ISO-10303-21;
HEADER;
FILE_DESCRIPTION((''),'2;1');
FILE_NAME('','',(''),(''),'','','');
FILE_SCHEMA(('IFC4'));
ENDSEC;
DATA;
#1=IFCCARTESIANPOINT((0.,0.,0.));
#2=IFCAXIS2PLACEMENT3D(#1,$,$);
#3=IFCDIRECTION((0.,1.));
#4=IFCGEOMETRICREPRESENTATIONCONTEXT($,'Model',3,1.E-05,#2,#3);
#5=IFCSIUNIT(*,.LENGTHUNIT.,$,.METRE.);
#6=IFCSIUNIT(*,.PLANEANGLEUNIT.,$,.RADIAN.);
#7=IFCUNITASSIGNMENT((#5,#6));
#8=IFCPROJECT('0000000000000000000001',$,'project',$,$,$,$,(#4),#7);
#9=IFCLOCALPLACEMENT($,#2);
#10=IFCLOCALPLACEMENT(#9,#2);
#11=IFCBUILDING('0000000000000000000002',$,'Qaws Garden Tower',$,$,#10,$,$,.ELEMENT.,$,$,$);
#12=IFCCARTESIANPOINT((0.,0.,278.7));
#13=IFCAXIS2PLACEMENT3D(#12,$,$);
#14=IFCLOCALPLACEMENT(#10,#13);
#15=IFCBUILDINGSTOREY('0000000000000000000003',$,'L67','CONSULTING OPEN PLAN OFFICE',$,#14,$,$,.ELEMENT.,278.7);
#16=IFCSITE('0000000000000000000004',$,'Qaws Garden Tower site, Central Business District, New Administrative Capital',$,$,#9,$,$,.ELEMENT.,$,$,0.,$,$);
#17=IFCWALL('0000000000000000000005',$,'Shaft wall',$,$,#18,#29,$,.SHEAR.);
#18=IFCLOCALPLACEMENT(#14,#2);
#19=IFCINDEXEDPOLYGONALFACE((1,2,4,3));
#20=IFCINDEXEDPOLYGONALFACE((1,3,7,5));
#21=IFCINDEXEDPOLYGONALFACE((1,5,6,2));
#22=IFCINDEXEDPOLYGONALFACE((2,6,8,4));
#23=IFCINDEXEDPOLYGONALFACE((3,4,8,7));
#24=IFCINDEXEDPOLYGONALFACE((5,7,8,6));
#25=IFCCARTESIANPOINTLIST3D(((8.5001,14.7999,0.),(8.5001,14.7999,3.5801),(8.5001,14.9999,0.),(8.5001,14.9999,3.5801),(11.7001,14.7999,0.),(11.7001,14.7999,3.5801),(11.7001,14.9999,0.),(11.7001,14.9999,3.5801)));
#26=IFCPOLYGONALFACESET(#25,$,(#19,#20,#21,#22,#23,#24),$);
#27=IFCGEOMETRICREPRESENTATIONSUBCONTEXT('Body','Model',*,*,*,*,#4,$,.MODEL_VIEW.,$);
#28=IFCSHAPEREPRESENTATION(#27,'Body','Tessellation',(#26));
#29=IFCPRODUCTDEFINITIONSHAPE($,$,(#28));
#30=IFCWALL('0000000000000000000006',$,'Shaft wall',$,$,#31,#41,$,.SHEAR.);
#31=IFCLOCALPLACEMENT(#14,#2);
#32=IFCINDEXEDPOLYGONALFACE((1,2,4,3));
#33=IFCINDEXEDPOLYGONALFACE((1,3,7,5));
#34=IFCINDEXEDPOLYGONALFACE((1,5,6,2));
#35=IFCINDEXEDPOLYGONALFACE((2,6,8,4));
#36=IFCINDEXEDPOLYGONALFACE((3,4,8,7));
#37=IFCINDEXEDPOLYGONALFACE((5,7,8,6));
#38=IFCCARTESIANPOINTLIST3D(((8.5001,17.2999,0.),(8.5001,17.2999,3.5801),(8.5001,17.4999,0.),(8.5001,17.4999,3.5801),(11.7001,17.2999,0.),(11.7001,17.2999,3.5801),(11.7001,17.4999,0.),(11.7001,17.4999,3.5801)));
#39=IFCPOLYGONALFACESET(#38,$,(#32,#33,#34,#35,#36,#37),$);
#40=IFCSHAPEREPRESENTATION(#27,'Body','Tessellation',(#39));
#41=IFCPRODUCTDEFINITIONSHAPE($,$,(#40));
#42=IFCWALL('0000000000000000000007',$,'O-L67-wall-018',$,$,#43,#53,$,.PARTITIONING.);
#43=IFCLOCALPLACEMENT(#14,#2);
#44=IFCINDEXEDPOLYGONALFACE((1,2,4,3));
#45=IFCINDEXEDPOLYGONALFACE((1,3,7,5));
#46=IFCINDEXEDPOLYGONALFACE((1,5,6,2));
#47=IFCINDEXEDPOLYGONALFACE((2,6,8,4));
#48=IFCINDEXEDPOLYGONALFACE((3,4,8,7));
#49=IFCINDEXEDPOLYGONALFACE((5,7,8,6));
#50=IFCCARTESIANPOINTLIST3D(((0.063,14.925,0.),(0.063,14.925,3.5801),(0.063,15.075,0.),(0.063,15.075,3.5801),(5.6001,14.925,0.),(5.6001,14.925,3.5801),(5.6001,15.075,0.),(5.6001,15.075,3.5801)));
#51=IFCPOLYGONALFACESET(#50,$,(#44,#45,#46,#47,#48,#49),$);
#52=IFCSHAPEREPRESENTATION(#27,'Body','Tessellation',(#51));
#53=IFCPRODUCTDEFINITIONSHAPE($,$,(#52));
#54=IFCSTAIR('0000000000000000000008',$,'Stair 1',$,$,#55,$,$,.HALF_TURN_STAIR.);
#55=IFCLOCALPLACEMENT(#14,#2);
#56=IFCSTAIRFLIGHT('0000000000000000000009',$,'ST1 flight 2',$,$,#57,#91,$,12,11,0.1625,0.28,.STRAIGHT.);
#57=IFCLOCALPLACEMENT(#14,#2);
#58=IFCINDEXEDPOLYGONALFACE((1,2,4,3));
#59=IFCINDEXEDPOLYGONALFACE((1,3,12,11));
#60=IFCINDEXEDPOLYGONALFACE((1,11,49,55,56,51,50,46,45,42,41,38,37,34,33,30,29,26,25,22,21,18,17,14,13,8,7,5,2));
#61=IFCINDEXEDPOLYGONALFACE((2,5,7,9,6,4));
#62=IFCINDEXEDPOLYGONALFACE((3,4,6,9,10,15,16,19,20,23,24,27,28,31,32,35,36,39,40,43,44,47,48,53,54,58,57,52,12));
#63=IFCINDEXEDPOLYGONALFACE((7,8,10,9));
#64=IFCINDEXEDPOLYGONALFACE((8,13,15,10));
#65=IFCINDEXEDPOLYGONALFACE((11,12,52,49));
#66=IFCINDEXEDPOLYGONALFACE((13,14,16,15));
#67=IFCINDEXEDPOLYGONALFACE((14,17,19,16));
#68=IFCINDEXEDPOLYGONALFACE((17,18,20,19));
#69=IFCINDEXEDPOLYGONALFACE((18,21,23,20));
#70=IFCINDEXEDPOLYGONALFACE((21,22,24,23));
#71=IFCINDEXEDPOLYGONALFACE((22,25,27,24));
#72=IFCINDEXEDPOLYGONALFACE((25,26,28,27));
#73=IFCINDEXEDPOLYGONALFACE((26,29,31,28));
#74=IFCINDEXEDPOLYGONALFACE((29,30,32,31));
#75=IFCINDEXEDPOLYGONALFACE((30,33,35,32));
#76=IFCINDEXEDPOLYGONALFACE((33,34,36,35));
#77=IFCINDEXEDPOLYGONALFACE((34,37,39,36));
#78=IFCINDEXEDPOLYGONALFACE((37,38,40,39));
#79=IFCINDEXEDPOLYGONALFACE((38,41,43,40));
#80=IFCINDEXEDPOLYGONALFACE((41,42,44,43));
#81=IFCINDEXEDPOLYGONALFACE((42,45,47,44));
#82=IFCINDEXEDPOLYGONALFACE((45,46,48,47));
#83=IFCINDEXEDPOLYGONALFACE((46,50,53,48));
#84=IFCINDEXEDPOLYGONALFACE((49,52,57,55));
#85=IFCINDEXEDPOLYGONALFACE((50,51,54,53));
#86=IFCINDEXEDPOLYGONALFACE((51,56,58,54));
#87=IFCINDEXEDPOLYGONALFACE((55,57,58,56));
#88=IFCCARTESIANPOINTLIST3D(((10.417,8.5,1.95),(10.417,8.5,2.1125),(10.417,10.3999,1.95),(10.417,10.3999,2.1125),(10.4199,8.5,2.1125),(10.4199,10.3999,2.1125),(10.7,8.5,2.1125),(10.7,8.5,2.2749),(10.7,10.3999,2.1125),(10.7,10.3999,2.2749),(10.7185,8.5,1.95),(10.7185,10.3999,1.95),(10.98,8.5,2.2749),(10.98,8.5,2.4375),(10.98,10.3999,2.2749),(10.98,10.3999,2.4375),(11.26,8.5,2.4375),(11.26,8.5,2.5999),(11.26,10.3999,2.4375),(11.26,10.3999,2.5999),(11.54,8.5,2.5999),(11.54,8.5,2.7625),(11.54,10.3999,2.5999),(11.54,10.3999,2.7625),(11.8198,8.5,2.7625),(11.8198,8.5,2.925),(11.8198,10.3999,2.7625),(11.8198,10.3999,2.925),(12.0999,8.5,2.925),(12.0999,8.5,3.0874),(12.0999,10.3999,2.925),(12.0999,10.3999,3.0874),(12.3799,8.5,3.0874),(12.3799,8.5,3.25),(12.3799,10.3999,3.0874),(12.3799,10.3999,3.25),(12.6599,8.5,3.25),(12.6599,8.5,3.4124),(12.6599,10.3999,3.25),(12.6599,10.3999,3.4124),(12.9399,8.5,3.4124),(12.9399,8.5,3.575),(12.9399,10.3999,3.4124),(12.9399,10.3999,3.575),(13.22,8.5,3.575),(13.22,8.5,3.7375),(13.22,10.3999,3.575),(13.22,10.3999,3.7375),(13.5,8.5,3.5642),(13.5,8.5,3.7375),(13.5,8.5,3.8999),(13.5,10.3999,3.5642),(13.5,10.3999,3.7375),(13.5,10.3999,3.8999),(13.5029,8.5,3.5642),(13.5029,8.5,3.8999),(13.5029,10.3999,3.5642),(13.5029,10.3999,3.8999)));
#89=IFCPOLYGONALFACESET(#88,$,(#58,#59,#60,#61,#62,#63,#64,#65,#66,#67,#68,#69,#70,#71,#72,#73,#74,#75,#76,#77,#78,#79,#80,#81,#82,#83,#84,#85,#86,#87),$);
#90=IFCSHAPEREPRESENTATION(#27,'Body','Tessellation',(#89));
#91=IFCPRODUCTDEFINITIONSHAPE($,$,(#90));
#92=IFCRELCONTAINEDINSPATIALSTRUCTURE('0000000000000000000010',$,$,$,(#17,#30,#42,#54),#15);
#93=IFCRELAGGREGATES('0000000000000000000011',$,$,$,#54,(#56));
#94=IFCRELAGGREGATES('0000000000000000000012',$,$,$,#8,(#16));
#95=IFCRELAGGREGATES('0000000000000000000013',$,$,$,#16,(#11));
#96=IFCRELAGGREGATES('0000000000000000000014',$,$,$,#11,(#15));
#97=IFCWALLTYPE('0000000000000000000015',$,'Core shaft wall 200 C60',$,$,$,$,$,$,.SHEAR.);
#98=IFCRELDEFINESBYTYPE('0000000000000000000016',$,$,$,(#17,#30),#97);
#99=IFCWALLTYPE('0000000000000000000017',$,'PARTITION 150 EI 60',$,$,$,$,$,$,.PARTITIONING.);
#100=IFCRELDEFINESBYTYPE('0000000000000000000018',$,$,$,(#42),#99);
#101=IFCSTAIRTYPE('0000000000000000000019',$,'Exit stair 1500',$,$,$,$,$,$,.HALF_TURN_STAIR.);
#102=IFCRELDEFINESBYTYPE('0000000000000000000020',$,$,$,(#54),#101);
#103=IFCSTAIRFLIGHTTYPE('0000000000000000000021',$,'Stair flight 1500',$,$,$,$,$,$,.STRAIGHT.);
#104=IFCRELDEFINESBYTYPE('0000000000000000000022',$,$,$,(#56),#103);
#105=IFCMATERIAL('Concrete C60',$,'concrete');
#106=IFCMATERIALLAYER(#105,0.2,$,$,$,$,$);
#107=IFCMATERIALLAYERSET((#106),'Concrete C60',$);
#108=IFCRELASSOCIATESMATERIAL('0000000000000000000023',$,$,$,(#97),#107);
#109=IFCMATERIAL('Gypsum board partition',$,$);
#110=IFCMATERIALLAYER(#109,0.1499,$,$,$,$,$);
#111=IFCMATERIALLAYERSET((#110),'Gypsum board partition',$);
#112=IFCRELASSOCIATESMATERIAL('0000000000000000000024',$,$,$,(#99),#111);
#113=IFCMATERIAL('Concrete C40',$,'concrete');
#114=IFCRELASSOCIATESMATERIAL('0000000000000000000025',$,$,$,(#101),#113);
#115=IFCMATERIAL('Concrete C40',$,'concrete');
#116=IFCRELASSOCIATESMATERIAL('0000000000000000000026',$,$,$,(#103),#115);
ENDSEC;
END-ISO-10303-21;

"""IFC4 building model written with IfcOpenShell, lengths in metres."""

from ifc_helpers import new_model, si_unit, direction, frame, frame_2d, origin, place, context, subcontext, project, spatial, polyline, rectangle, outline, extrude, material, layer, layer_set, type_object, element, aggregate, save


model = new_model("IFC4")

# Units and contexts
model_context = context("Model", 3, precision=1e-05, world=origin(), true_north=direction((0.0, 1.0)))
body_context = subcontext(model_context, "Body", "Model", "MODEL_VIEW")
ifc_project = project(units=[si_unit("LENGTHUNIT", "METRE"), si_unit("PLANEANGLEUNIT", "RADIAN")], contexts=[model_context])

# Site, building, storey
site_placement = place(None, origin())
site = spatial("IfcSite", under=ifc_project, at=site_placement, Name="Qaws Garden Tower site, Central Business District, New Administrative Capital", CompositionType="ELEMENT", RefElevation=0.0)
building_placement = place(site_placement, origin())
building = spatial("IfcBuilding", under=site, at=building_placement, Name="Qaws Garden Tower", CompositionType="ELEMENT")
storey_placement = place(building_placement, frame((0.0, 0.0, 278.7)))
storey = spatial("IfcBuildingStorey", under=building, at=storey_placement, Name="L67", Description="CONSULTING OPEN PLAN OFFICE", CompositionType="ELEMENT", Elevation=278.7)

# Walls
ifc_material_1 = material(Name="Concrete C60", Category="concrete")
ifc_layer_1 = layer(ifc_material_1, 0.2)
ifc_layer_set_1 = layer_set([ifc_layer_1], Name="Concrete C60")
wall_type_1 = type_object("IfcWallType", Name="Core shaft wall 200 C60", PredefinedType="SHEAR", material=ifc_layer_set_1)
for number, where, z_axis, x_axis, name in (
    (1, (8.5, 14.8999, 0.0), (0.0, 0.0, 1.0), (1.0, 0.0, 0.0), "Shaft wall"),
    (2, (8.5, 17.3999, 0.0), (0.0, 0.0, 1.0), (1.0, 0.0, 0.0), "Shaft wall"),
):
    element("IfcWall", number, at=place(storey_placement, frame(where, z_axis=z_axis, x_axis=x_axis)), inside=storey, type_object=wall_type_1, Name=name, PredefinedType="SHEAR", context=body_context, shape_type="SweptSolid", body=[
        extrude(rectangle(XDim=3.2, YDim=0.2, at=frame_2d((1.6001, 0.0))), origin(), (0.0, 0.0, 1.0), 3.5801),
    ])
ifc_material_2 = material(Name="Gypsum board partition")
ifc_layer_2 = layer(ifc_material_2, 0.1499)
ifc_layer_set_2 = layer_set([ifc_layer_2], Name="Gypsum board partition")
wall_type_2 = type_object("IfcWallType", Name="PARTITION 150 EI 60", PredefinedType="PARTITIONING", material=ifc_layer_set_2)
wall_1_placement = place(storey_placement, frame((0.063, 15.0, 0.0), z_axis=(0.0, 0.0, 1.0), x_axis=(1.0, 0.0, 0.0)))
element("IfcWall", 3, at=wall_1_placement, inside=storey, type_object=wall_type_2, Name="O-L67-wall-018", PredefinedType="PARTITIONING", context=body_context, shape_type="SweptSolid", body=[
    extrude(rectangle(XDim=5.5371, YDim=0.1499, at=frame_2d((2.7686, 0.0))), origin(), (0.0, 0.0, 1.0), 3.5801),
])

# Stair, stair flight
ifc_material_3 = material(Name="Concrete C40", Category="concrete")
stair_type = type_object("IfcStairType", Name="Exit stair 1500", PredefinedType="HALF_TURN_STAIR", material=ifc_material_3)
stair_placement = place(storey_placement, origin())
stair = element("IfcStair", 4, at=stair_placement, inside=storey, type_object=stair_type, Name="Stair 1", PredefinedType="HALF_TURN_STAIR")
ifc_material_4 = material(Name="Concrete C40", Category="concrete")
stair_flight_type = type_object("IfcStairFlightType", Name="Stair flight 1500", PredefinedType="STRAIGHT", material=ifc_material_4)
stair_flight_placement = place(storey_placement, frame((10.4199, 9.45, 1.95), z_axis=(0.0, 0.0, 1.0), x_axis=(1.0, 0.0, 0.0)))
stair_flight = element("IfcStairFlight", 5, at=stair_flight_placement, type_object=stair_flight_type, Name="ST1 flight 2", NumberOfRisers=12, NumberOfTreads=11, PredefinedType="STRAIGHT", RiserHeight=0.1625, TreadLength=0.28, context=body_context, shape_type="SweptSolid", body=[
    extrude(outline(polyline([(-0.0029, 0.0), (-0.0029, 0.1626), (0.0, 0.1626), (0.28, 0.1626), (0.28, 0.325), (0.5601, 0.325), (0.5601, 0.4875), (0.8401, 0.4875), (0.8401, 0.6499), (1.1201, 0.6499), (1.1201, 0.8125), (1.3999, 0.8125), (1.3999, 0.9751), (1.6799, 0.9751), (1.6799, 1.1375), (1.96, 1.1375), (1.96, 1.3), (2.24, 1.3), (2.24, 1.4624), (2.52, 1.4624), (2.52, 1.625), (2.8, 1.625), (2.8, 1.7876), (3.0801, 1.7876), (3.0801, 1.95), (3.083, 1.95), (3.083, 1.6143), (3.0801, 1.6143), (0.2986, 0.0), (-0.0029, 0.0)])), frame((0.0, 0.95, 0.0), z_axis=(0.0, -1.0, 0.0), x_axis=(1.0, 0.0, 0.0)), (0.0, 0.0, 1.0), 1.8999),
])
aggregate(stair, [stair_flight])

save(model, "model.ifc")
